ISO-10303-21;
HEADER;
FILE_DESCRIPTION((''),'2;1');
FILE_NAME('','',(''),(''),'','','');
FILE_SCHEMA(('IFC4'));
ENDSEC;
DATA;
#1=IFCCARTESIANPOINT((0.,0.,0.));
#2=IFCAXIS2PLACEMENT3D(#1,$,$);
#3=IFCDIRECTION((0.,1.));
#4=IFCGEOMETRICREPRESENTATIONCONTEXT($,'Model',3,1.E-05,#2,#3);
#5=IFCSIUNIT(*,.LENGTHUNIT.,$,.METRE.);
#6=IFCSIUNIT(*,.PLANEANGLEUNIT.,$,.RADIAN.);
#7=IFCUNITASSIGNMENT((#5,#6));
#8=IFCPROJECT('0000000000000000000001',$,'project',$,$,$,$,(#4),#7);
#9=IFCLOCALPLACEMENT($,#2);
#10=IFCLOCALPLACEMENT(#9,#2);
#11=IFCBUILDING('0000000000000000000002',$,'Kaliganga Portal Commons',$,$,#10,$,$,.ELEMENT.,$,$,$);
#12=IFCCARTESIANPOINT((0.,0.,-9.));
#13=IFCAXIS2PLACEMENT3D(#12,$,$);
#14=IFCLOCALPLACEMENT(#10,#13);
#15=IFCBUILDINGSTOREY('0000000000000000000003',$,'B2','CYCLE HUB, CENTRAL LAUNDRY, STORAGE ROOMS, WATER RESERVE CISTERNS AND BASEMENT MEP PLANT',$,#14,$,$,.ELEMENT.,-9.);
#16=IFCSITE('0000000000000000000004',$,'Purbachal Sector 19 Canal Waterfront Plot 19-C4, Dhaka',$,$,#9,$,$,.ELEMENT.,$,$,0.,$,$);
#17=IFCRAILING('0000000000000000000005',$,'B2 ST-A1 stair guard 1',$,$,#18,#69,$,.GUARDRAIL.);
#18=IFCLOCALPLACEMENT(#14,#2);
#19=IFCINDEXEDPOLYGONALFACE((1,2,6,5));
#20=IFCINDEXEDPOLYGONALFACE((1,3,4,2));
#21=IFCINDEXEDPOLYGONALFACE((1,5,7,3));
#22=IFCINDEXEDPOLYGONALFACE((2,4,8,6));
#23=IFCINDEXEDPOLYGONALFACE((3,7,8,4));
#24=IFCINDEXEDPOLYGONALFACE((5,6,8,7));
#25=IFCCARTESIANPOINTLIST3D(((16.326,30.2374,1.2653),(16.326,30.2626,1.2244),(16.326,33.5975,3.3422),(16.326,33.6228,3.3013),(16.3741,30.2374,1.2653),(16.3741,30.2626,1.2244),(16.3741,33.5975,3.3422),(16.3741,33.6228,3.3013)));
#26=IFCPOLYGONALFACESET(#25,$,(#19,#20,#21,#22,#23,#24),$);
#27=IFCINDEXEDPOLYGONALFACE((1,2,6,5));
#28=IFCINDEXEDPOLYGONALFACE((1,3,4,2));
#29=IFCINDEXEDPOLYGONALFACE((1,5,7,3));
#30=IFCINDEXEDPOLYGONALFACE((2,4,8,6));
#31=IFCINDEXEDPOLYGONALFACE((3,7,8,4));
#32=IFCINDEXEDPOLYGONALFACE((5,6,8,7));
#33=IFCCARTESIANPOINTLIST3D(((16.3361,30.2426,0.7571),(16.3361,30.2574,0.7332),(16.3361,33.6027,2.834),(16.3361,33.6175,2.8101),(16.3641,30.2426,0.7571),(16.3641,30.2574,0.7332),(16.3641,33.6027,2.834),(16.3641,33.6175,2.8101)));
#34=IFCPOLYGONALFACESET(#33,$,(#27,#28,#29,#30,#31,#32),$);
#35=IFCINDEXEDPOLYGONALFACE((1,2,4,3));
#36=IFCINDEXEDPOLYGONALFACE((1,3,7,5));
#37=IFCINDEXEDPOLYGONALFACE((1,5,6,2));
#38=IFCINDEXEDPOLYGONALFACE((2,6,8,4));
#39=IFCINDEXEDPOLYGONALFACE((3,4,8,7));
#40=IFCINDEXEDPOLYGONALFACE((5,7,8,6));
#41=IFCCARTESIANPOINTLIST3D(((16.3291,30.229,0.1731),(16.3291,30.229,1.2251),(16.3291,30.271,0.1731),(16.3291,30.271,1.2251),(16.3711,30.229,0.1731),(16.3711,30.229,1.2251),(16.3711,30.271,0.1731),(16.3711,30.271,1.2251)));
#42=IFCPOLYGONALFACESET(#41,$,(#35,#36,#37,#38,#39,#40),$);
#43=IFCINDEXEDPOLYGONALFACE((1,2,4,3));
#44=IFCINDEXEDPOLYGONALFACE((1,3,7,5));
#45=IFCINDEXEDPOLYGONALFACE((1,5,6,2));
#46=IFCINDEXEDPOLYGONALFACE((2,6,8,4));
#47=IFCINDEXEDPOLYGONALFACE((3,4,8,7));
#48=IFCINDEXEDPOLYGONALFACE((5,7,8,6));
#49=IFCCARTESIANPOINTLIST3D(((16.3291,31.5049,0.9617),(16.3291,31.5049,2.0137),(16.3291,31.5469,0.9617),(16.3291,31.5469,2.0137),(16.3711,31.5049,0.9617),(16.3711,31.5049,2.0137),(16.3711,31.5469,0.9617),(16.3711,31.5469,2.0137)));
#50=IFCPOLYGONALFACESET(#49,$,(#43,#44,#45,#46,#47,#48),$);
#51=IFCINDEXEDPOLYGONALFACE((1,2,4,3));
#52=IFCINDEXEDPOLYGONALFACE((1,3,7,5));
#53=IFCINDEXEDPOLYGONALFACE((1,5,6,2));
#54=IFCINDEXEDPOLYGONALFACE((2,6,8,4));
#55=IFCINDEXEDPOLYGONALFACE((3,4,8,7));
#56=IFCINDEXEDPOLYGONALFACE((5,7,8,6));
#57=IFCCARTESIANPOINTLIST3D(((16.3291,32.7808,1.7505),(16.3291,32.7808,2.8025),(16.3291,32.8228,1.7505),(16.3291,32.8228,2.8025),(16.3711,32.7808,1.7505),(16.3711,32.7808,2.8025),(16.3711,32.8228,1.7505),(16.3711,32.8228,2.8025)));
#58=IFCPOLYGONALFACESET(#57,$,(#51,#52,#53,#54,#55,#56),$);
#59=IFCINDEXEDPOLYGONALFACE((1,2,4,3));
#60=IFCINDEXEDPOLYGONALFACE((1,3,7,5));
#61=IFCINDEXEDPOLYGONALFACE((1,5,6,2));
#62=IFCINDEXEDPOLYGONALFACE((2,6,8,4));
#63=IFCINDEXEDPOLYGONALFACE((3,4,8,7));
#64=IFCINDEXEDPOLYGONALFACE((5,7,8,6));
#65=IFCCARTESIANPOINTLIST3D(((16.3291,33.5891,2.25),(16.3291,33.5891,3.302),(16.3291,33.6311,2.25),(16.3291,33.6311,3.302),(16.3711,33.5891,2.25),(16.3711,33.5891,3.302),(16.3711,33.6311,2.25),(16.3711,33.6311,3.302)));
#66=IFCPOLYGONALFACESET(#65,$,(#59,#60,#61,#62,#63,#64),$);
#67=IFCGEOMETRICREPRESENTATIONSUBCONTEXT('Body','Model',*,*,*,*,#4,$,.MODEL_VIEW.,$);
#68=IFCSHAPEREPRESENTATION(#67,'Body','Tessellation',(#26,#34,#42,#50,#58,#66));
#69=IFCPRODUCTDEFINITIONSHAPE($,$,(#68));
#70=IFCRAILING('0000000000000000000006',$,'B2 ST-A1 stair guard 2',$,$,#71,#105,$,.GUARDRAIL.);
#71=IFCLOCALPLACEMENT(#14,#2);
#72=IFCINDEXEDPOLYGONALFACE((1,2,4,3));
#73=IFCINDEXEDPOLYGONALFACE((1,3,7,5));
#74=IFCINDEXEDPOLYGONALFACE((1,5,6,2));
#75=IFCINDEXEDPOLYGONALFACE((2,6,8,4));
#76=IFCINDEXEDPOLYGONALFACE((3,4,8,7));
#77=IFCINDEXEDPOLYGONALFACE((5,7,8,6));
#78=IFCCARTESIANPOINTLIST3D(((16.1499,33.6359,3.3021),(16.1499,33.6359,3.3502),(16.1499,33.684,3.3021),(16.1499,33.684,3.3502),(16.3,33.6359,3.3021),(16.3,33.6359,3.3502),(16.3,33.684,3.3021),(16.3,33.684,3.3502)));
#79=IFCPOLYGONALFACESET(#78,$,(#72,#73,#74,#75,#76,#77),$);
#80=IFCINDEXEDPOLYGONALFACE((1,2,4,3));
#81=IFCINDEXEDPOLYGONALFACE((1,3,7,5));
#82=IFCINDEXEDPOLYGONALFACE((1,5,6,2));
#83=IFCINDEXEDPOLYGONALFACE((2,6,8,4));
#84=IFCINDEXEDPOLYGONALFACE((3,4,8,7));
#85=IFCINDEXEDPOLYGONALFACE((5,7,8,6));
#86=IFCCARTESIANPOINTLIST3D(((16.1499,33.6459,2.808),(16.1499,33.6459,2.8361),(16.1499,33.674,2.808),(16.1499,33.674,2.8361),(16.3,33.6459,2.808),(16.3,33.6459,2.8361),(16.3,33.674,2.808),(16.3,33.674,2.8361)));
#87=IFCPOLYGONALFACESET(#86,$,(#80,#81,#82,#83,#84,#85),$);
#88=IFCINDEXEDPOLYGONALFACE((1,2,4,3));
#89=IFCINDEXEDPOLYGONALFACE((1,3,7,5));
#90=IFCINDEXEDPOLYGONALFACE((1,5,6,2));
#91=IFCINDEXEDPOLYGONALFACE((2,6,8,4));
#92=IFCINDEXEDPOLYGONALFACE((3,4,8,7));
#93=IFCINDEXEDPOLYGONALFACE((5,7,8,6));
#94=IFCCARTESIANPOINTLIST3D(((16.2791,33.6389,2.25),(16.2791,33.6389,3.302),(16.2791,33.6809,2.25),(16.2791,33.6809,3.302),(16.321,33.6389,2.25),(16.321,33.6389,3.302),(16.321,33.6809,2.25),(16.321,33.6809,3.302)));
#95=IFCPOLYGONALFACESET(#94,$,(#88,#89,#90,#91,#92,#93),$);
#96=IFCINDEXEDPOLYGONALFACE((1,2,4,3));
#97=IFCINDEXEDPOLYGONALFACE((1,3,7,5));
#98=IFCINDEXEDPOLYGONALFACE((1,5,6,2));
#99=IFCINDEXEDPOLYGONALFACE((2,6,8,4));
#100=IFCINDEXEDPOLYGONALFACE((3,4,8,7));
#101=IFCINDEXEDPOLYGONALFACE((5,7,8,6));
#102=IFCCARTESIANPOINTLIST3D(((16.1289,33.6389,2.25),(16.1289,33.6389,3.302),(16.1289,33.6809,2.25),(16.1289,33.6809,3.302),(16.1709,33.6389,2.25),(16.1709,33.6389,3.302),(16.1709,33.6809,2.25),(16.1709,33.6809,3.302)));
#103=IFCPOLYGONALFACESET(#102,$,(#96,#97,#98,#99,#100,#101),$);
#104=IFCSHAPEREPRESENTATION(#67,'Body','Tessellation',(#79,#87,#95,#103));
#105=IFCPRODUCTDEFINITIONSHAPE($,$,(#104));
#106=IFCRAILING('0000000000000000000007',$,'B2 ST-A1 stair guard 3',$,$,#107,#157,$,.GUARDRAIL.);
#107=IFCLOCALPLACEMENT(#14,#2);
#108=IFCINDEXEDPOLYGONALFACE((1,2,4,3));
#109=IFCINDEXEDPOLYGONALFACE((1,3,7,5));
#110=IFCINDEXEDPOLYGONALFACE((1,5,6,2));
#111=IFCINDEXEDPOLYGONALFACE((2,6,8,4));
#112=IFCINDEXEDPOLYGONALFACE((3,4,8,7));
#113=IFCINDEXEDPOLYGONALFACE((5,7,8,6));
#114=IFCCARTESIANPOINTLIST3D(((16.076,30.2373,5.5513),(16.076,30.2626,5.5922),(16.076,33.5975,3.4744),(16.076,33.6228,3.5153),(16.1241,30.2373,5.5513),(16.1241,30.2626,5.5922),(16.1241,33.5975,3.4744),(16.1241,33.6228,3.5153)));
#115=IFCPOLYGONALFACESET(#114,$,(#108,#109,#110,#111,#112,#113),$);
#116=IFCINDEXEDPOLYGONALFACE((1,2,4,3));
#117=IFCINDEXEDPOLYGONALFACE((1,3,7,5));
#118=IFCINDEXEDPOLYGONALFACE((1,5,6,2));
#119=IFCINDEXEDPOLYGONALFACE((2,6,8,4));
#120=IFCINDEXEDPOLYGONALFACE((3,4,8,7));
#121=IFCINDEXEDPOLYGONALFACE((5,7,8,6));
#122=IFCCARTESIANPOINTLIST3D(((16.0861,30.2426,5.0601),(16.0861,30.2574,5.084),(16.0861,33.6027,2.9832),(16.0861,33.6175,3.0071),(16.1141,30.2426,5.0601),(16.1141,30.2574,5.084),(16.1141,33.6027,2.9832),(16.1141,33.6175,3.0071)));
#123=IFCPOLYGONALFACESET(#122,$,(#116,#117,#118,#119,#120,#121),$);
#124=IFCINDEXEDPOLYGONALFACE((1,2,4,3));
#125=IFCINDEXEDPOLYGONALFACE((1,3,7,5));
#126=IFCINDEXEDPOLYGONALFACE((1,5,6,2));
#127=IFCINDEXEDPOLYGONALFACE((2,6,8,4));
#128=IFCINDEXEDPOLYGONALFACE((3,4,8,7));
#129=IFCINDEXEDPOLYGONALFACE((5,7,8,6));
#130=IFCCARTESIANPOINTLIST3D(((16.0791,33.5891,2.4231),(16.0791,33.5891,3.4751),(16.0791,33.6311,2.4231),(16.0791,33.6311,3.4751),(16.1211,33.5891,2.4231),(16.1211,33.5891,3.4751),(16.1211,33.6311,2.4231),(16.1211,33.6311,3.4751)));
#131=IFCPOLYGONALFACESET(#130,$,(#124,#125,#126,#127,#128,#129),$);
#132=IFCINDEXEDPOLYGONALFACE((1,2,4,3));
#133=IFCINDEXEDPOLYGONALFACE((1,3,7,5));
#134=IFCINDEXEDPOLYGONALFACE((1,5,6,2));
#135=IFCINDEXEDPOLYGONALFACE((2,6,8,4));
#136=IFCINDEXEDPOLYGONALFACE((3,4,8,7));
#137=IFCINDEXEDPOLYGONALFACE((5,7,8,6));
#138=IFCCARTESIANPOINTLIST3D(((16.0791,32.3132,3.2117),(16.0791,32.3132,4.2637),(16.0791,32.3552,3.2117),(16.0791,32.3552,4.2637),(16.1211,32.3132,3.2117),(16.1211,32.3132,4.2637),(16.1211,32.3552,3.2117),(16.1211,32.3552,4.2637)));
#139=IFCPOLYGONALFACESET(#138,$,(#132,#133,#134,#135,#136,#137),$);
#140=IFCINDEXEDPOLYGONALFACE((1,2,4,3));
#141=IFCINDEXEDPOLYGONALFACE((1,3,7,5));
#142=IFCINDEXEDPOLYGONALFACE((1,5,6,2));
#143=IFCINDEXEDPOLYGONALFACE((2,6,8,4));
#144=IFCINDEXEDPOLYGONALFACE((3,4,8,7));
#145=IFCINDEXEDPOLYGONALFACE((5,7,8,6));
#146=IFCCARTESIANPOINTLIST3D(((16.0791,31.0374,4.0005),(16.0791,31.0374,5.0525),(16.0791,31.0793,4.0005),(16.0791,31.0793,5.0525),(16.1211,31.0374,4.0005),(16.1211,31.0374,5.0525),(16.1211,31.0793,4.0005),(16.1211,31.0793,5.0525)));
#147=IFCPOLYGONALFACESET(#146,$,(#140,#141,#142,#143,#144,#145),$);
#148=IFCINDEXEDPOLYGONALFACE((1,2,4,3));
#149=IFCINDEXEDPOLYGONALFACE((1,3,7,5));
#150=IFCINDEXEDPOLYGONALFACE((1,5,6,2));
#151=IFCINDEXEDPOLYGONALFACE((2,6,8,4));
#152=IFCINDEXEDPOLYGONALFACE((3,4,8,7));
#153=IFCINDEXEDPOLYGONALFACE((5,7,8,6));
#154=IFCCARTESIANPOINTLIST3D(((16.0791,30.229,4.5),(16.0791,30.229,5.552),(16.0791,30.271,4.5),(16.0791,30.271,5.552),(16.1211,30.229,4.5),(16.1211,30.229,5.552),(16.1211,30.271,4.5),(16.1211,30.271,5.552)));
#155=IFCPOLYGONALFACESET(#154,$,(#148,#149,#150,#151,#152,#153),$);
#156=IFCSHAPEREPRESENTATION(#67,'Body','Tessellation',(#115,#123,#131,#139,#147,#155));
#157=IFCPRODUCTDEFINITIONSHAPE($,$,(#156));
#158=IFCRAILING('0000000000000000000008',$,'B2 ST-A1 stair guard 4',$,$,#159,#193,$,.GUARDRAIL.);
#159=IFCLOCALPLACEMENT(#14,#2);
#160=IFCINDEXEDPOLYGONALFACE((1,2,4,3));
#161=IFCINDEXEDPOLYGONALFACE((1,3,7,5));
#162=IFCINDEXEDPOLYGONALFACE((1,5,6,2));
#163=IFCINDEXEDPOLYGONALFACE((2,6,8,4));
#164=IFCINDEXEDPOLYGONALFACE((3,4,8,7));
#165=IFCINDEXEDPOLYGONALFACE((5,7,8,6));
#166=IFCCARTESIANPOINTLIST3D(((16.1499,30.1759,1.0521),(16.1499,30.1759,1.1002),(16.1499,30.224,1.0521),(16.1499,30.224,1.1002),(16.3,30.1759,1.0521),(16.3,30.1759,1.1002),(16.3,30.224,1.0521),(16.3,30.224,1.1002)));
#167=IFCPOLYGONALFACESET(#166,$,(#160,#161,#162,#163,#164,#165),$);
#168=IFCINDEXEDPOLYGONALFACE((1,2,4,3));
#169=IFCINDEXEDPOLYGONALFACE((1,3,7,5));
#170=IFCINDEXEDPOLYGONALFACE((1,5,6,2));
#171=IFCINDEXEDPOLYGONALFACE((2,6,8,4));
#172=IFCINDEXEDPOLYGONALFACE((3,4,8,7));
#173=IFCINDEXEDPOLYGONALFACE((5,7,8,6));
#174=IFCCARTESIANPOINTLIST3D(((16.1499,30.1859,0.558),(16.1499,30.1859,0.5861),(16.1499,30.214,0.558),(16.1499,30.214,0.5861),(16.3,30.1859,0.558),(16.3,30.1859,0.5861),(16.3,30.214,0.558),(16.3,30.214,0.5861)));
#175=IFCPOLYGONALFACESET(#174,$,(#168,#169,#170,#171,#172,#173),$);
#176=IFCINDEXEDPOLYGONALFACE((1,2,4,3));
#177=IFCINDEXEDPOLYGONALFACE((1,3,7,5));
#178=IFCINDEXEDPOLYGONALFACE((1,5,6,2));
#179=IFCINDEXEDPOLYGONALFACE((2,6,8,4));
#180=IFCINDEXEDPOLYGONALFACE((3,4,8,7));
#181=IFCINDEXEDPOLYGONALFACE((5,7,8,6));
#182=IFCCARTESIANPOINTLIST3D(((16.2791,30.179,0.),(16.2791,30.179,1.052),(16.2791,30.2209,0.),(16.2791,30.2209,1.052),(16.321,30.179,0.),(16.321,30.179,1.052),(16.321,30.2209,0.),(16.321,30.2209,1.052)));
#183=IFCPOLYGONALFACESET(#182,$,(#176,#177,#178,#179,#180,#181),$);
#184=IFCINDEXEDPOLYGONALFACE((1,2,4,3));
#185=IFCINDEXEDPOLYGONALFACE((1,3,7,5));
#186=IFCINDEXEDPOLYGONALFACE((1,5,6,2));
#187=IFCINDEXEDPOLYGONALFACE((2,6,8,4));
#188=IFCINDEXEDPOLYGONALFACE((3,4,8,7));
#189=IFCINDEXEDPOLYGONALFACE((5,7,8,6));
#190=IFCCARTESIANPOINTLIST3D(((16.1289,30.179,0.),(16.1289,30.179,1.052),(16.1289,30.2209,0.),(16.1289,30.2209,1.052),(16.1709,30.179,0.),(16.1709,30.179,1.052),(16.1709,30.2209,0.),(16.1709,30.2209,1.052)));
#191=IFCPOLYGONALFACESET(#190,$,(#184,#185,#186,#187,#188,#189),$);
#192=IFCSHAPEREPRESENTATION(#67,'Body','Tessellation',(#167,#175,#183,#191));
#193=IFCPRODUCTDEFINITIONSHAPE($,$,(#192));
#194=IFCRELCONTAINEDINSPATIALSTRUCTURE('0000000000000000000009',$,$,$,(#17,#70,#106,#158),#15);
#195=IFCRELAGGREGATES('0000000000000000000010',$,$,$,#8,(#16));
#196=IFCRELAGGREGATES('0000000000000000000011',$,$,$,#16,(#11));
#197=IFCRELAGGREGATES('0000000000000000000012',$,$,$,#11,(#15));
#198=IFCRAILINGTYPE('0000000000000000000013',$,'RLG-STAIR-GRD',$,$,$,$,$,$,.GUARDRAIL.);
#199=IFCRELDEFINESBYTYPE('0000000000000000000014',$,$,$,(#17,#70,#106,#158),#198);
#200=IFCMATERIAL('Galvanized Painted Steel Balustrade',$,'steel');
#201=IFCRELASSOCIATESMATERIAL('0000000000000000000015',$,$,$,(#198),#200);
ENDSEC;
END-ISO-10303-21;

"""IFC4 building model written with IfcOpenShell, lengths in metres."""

from ifc_helpers import new_model, si_unit, direction, frame, origin, origin_2d, place, context, subcontext, project, spatial, rectangle, extrude, material, type_object, element, save


model = new_model("IFC4")

# Units and contexts
model_context = context("Model", 3, precision=1e-05, world=origin(), true_north=direction((0.0, 1.0)))
body_context = subcontext(model_context, "Body", "Model", "MODEL_VIEW")
ifc_project = project(units=[si_unit("LENGTHUNIT", "METRE"), si_unit("PLANEANGLEUNIT", "RADIAN")], contexts=[model_context])

# Site, building, storey
site_placement = place(None, origin())
site = spatial("IfcSite", under=ifc_project, at=site_placement, Name="Purbachal Sector 19 Canal Waterfront Plot 19-C4, Dhaka", CompositionType="ELEMENT", RefElevation=0.0)
building_placement = place(site_placement, origin())
building = spatial("IfcBuilding", under=site, at=building_placement, Name="Kaliganga Portal Commons", CompositionType="ELEMENT")
storey_placement = place(building_placement, frame((0.0, 0.0, -9.0)))
storey = spatial("IfcBuildingStorey", under=building, at=storey_placement, Name="B2", Description="CYCLE HUB, CENTRAL LAUNDRY, STORAGE ROOMS, WATER RESERVE CISTERNS AND BASEMENT MEP PLANT", CompositionType="ELEMENT", Elevation=-9.0)

# Railings
ifc_material_1 = material(Name="Galvanized Painted Steel Balustrade", Category="steel")
railing_type_1 = type_object("IfcRailingType", Name="RLG-STAIR-GRD", PredefinedType="GUARDRAIL", material=ifc_material_1)
railing_1_placement = place(storey_placement, frame((16.3501, 30.25, 0.1731)))
element("IfcRailing", 1, at=railing_1_placement, inside=storey, type_object=railing_type_1, Name="B2 ST-A1 stair guard 1", PredefinedType="GUARDRAIL", context=body_context, shape_type="SweptSolid", body=[
    extrude(rectangle(XDim=0.0481, YDim=0.0481, at=origin_2d()), frame((0.0, 0.0, 1.0718), z_axis=(0.0, 0.850623, 0.525776), x_axis=(-1.0, 0.0, 0.0)), (0.0, 0.0, 1.0), 3.9502),
    extrude(rectangle(XDim=0.0281, YDim=0.0281, at=origin_2d()), frame((0.0, 0.0, 0.572), z_axis=(0.0, 0.850623, 0.525776), x_axis=(-1.0, 0.0, 0.0)), (0.0, 0.0, 1.0), 3.9502),
    extrude(rectangle(XDim=0.042, YDim=0.042, at=origin_2d()), origin(), (0.0, 0.0, 1.0), 1.052),
    extrude(rectangle(XDim=0.042, YDim=0.042, at=origin_2d()), frame((0.0, 1.2759, 0.7886)), (0.0, 0.0, 1.0), 1.052),
    extrude(rectangle(XDim=0.042, YDim=0.042, at=origin_2d()), frame((0.0, 2.5518, 1.5774)), (0.0, 0.0, 1.0), 1.052),
    extrude(rectangle(XDim=0.042, YDim=0.042, at=origin_2d()), frame((0.0, 3.3601, 2.0769)), (0.0, 0.0, 1.0), 1.052),
])
railing_2_placement = place(storey_placement, frame((16.3, 33.6599, 2.25)))
element("IfcRailing", 2, at=railing_2_placement, inside=storey, type_object=railing_type_1, Name="B2 ST-A1 stair guard 2", PredefinedType="GUARDRAIL", context=body_context, shape_type="SweptSolid", body=[
    extrude(rectangle(XDim=0.0481, YDim=0.0481, at=origin_2d()), frame((0.0, 0.0, 1.0762), z_axis=(-1.0, 0.0, 0.0), x_axis=(0.0, -1.0, 0.0)), (0.0, 0.0, 1.0), 0.1501),
    extrude(rectangle(XDim=0.0281, YDim=0.0281, at=origin_2d()), frame((0.0, 0.0, 0.572), z_axis=(-1.0, 0.0, 0.0), x_axis=(0.0, -1.0, 0.0)), (0.0, 0.0, 1.0), 0.1501),
    extrude(rectangle(XDim=0.042, YDim=0.042, at=origin_2d()), origin(), (0.0, 0.0, 1.0), 1.052),
    extrude(rectangle(XDim=0.042, YDim=0.042, at=origin_2d()), frame((-0.1501, 0.0, 0.0)), (0.0, 0.0, 1.0), 1.052),
])
railing_3_placement = place(storey_placement, frame((16.1001, 33.6101, 2.4231)))
element("IfcRailing", 3, at=railing_3_placement, inside=storey, type_object=railing_type_1, Name="B2 ST-A1 stair guard 3", PredefinedType="GUARDRAIL", context=body_context, shape_type="SweptSolid", body=[
    extrude(rectangle(XDim=0.0481, YDim=0.0481, at=origin_2d()), frame((0.0, 0.0, 1.0718), z_axis=(0.0, -0.850623, 0.525776), x_axis=(1.0, 0.0, 0.0)), (0.0, 0.0, 1.0), 3.9502),
    extrude(rectangle(XDim=0.0281, YDim=0.0281, at=origin_2d()), frame((0.0, 0.0, 0.572), z_axis=(0.0, -0.850623, 0.525776), x_axis=(1.0, 0.0, 0.0)), (0.0, 0.0, 1.0), 3.9502),
    extrude(rectangle(XDim=0.042, YDim=0.042, at=origin_2d()), origin(), (0.0, 0.0, 1.0), 1.052),
    extrude(rectangle(XDim=0.042, YDim=0.042, at=origin_2d()), frame((0.0, -1.2759, 0.7886)), (0.0, 0.0, 1.0), 1.052),
    extrude(rectangle(XDim=0.042, YDim=0.042, at=origin_2d()), frame((0.0, -2.5518, 1.5774)), (0.0, 0.0, 1.0), 1.052),
    extrude(rectangle(XDim=0.042, YDim=0.042, at=origin_2d()), frame((0.0, -3.3601, 2.0769)), (0.0, 0.0, 1.0), 1.052),
])
railing_4_placement = place(storey_placement, frame((16.3, 30.2, 0.0)))
element("IfcRailing", 4, at=railing_4_placement, inside=storey, type_object=railing_type_1, Name="B2 ST-A1 stair guard 4", PredefinedType="GUARDRAIL", context=body_context, shape_type="SweptSolid", body=[
    extrude(rectangle(XDim=0.0481, YDim=0.0481, at=origin_2d()), frame((0.0, 0.0, 1.0762), z_axis=(-1.0, 0.0, 0.0), x_axis=(0.0, -1.0, 0.0)), (0.0, 0.0, 1.0), 0.1501),
    extrude(rectangle(XDim=0.0281, YDim=0.0281, at=origin_2d()), frame((0.0, 0.0, 0.572), z_axis=(-1.0, 0.0, 0.0), x_axis=(0.0, -1.0, 0.0)), (0.0, 0.0, 1.0), 0.1501),
    extrude(rectangle(XDim=0.042, YDim=0.042, at=origin_2d()), origin(), (0.0, 0.0, 1.0), 1.052),
    extrude(rectangle(XDim=0.042, YDim=0.042, at=origin_2d()), frame((-0.1501, 0.0, 0.0)), (0.0, 0.0, 1.0), 1.052),
])

save(model, "model.ifc")
